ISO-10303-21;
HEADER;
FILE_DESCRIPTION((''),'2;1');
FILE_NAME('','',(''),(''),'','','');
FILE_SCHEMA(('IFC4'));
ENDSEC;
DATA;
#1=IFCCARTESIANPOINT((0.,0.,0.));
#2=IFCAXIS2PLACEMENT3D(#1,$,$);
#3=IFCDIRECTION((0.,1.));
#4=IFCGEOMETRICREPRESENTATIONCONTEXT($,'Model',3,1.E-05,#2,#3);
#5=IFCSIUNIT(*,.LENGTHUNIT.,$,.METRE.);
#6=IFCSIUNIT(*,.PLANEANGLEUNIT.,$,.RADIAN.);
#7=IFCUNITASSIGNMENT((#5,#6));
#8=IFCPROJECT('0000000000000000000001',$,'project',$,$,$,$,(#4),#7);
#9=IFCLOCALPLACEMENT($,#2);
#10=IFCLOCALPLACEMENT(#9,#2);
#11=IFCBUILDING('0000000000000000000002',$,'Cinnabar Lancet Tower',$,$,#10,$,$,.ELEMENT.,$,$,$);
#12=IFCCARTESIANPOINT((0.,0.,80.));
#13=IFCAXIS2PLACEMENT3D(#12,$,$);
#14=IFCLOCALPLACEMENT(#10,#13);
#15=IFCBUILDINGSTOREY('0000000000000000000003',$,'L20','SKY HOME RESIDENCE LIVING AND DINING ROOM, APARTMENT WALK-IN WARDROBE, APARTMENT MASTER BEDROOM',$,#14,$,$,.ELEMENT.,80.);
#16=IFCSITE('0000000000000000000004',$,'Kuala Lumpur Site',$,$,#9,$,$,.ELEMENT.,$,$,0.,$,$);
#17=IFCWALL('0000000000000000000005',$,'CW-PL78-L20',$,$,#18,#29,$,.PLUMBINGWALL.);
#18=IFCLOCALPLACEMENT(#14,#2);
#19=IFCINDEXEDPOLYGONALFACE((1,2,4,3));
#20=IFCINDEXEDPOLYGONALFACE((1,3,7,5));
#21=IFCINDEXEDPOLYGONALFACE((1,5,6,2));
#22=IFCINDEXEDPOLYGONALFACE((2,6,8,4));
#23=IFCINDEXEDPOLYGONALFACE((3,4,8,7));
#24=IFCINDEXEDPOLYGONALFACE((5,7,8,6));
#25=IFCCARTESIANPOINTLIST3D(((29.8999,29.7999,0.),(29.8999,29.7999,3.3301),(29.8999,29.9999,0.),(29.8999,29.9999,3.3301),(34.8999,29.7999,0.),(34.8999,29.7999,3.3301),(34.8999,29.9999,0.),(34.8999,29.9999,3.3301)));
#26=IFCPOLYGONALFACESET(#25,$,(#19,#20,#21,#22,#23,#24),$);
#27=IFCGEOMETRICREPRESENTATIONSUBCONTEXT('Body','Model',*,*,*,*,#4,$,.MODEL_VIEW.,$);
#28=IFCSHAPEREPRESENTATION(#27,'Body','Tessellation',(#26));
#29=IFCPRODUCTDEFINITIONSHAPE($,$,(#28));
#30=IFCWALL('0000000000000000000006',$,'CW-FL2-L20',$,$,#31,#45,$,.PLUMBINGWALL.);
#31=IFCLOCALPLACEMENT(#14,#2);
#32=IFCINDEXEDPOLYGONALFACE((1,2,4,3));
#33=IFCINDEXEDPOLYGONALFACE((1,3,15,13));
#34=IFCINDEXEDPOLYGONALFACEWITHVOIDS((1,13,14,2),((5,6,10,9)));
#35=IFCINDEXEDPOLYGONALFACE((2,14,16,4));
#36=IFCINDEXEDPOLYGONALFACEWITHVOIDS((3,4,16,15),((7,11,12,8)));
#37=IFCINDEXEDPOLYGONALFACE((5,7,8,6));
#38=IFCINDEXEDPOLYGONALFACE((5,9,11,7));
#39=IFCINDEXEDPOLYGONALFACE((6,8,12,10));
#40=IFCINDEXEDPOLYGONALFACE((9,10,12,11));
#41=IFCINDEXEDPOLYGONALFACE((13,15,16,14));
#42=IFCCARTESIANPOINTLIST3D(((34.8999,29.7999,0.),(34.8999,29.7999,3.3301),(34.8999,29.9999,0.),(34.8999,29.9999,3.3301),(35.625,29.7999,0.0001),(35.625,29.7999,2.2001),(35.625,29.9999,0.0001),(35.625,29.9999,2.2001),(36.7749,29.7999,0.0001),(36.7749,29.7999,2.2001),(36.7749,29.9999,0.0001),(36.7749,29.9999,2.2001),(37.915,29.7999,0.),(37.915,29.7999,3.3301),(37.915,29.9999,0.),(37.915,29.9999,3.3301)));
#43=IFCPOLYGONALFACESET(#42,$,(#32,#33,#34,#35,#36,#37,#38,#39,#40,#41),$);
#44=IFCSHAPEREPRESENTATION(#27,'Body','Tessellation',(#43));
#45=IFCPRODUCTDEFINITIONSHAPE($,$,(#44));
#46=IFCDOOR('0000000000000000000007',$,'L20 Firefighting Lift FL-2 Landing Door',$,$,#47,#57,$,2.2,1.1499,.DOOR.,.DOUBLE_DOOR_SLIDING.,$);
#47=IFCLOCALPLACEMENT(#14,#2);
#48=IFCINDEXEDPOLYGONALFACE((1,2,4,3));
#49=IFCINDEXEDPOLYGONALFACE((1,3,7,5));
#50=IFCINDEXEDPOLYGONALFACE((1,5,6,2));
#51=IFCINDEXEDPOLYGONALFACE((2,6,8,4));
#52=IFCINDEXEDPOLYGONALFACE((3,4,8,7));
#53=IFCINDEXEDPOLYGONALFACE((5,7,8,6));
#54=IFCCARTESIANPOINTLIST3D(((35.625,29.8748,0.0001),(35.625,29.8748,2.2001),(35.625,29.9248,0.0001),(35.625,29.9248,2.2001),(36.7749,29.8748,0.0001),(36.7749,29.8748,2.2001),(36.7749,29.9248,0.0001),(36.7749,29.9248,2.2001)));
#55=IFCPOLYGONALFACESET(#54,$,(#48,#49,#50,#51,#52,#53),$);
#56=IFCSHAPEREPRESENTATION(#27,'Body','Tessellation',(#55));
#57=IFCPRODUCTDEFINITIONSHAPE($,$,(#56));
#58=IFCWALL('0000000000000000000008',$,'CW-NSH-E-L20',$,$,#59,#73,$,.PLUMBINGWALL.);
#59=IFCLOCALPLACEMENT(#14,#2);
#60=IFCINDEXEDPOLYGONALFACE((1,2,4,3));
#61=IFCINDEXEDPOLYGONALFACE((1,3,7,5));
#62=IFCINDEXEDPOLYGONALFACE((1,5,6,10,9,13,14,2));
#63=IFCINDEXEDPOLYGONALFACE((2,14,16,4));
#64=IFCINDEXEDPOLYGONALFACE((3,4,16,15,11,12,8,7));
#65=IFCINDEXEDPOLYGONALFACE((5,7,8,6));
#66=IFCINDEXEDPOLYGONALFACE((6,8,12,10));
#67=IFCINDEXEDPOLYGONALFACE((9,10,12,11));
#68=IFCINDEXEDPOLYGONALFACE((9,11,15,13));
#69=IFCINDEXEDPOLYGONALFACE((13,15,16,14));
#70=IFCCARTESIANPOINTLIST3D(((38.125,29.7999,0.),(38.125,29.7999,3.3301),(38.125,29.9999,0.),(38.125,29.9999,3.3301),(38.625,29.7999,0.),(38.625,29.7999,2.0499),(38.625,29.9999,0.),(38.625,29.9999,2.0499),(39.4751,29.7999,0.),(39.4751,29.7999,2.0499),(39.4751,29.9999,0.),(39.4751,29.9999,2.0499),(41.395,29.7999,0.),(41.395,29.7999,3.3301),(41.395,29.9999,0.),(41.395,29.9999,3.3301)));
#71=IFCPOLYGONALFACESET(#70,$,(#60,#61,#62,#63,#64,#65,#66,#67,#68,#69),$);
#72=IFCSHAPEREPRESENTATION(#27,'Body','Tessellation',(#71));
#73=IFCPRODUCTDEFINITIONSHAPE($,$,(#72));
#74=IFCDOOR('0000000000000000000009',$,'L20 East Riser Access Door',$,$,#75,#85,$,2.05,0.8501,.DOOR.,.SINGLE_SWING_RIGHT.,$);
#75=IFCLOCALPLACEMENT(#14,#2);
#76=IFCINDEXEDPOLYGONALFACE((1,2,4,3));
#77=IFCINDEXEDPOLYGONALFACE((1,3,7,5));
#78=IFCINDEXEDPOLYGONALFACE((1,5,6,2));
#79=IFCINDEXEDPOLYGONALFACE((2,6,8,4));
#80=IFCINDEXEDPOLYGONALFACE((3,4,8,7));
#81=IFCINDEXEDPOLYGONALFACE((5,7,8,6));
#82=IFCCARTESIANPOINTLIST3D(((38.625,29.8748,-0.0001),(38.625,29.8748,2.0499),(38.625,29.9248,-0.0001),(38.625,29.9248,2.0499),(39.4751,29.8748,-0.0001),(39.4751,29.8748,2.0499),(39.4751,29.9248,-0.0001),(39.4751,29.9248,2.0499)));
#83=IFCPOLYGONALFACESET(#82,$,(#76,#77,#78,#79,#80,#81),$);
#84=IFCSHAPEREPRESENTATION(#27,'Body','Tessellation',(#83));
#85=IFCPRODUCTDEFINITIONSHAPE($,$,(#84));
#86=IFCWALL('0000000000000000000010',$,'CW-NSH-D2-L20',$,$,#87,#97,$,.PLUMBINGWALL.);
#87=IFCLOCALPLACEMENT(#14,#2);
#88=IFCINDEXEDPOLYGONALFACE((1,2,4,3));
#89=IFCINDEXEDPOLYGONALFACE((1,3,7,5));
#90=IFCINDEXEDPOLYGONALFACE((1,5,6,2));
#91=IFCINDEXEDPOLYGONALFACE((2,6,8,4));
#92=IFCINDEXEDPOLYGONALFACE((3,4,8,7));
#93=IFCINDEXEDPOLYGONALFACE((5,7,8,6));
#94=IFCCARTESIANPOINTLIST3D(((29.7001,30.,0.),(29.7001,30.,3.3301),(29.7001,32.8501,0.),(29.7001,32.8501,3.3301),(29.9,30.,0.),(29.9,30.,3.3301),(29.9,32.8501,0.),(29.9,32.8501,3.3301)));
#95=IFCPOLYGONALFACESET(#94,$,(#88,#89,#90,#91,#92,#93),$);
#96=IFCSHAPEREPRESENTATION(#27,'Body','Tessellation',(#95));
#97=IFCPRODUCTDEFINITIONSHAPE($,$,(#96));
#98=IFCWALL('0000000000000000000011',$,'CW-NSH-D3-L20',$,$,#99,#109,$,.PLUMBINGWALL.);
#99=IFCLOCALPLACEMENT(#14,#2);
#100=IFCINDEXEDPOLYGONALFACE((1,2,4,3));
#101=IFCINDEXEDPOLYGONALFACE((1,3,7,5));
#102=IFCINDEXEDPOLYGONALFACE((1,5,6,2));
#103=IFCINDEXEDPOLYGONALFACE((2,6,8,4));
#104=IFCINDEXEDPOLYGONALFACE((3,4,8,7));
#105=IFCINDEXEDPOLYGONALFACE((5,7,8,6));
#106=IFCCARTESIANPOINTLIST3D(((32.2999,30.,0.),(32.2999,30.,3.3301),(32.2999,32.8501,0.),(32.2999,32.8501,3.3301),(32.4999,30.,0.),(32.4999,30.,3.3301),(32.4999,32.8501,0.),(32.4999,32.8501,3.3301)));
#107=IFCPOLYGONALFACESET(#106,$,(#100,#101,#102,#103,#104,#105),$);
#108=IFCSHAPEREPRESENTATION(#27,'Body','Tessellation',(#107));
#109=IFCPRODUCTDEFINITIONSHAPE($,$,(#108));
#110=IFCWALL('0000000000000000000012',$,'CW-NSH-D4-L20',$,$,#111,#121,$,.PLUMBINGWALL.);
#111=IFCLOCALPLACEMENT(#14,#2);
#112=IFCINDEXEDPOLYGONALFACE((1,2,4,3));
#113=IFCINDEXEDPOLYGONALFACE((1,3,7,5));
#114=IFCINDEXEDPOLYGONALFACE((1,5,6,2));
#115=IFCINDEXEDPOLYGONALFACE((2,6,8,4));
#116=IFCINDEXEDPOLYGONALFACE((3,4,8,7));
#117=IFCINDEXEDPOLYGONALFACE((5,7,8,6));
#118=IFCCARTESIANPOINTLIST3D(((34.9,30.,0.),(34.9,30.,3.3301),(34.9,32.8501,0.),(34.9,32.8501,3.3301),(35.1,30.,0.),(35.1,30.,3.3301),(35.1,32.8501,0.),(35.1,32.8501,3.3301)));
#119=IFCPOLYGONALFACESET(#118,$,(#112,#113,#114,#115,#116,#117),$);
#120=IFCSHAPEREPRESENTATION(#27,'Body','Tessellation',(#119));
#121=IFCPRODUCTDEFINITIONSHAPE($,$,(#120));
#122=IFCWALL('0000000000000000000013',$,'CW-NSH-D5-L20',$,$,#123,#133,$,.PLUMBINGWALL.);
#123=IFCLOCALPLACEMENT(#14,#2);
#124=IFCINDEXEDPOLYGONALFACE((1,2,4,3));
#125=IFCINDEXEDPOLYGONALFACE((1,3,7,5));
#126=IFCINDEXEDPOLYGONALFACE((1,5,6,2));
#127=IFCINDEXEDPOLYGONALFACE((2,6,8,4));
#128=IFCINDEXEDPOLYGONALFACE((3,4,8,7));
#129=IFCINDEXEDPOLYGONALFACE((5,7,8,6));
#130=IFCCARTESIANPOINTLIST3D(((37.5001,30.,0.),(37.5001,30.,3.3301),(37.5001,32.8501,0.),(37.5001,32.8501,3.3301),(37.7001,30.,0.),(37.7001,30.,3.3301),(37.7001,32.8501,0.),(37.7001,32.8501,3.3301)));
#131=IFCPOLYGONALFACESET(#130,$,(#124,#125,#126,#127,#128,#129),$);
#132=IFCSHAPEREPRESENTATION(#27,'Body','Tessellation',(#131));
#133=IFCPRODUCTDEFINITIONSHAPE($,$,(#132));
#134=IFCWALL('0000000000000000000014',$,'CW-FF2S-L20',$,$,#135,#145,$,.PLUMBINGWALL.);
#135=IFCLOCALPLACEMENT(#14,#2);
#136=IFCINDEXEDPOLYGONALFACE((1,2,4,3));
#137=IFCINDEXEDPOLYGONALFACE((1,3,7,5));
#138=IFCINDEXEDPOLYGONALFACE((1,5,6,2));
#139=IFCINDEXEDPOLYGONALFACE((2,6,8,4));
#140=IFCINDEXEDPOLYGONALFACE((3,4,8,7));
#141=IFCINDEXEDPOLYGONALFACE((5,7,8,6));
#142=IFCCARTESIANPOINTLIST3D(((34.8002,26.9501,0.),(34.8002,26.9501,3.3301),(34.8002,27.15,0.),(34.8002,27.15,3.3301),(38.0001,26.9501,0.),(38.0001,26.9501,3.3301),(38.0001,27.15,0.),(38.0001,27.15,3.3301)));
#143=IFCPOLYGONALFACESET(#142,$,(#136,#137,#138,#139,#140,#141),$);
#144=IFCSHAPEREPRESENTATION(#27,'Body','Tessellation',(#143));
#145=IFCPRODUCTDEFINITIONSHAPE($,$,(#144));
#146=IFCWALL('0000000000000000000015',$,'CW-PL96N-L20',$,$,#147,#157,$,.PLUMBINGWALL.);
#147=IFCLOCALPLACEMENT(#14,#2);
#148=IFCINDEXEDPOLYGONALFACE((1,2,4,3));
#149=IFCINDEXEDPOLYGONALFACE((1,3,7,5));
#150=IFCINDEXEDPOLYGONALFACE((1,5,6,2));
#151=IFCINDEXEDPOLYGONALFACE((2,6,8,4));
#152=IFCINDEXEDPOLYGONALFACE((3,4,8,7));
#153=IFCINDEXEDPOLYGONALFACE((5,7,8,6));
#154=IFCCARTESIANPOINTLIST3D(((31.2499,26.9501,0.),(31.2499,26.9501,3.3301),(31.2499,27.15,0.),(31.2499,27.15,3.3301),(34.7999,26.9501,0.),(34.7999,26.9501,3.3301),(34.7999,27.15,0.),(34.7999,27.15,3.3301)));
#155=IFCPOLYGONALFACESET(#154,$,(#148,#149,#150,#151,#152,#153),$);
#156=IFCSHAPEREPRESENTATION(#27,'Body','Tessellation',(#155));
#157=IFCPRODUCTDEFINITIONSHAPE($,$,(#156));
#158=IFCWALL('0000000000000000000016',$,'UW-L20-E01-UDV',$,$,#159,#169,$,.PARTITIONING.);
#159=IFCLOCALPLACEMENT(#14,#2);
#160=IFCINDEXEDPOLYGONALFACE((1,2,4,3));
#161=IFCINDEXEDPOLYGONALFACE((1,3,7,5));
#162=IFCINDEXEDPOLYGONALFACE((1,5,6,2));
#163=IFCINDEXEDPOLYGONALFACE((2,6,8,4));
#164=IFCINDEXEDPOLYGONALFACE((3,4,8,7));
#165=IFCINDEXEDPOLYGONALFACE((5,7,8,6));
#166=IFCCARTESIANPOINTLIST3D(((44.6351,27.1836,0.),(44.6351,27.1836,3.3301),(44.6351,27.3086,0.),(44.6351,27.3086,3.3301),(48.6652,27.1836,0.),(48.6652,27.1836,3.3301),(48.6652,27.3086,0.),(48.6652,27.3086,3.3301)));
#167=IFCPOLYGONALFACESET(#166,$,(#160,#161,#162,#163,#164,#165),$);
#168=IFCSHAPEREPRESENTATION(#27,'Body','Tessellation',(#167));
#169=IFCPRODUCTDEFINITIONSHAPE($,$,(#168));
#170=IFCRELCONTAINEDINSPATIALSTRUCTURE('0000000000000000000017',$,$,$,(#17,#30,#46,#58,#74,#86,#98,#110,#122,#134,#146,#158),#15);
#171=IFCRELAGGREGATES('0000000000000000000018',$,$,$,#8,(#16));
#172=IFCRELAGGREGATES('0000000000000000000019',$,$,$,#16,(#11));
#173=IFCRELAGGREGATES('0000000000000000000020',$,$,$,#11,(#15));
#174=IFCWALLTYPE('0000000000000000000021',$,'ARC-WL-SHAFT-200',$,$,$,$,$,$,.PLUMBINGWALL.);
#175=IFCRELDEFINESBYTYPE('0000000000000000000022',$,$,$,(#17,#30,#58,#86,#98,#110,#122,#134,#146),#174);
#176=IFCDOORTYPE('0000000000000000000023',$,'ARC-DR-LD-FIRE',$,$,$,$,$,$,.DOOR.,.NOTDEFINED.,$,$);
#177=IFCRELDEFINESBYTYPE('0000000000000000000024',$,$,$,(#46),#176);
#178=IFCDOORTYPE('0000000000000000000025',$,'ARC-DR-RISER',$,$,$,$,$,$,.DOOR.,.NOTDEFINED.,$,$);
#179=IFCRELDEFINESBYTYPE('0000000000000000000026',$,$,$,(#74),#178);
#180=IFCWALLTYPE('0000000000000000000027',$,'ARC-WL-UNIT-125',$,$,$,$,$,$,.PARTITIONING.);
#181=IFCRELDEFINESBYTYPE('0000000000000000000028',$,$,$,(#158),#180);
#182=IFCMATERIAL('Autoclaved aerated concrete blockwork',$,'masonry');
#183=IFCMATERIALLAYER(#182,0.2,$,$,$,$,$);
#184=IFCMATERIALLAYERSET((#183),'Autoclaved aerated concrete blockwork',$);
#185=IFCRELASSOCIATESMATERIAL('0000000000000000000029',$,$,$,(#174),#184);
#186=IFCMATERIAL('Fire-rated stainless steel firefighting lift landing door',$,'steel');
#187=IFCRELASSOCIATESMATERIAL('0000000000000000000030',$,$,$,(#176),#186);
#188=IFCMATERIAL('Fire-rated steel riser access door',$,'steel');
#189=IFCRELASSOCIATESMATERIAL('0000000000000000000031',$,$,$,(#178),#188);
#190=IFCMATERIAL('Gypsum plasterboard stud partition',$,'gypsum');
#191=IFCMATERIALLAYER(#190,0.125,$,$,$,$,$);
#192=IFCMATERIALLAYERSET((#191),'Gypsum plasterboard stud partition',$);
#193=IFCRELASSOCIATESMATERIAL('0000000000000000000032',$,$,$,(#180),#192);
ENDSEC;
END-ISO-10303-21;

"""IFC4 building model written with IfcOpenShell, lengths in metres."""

from ifc_helpers import new_model, si_unit, direction, frame, frame_2d, origin, place, context, subcontext, project, spatial, rectangle, extrude, material, layer, layer_set, type_object, element, fill, save


model = new_model("IFC4")

# Units and contexts
model_context = context("Model", 3, precision=1e-05, world=origin(), true_north=direction((0.0, 1.0)))
body_context = subcontext(model_context, "Body", "Model", "MODEL_VIEW")
ifc_project = project(units=[si_unit("LENGTHUNIT", "METRE"), si_unit("PLANEANGLEUNIT", "RADIAN")], contexts=[model_context])

# Site, building, storey
site_placement = place(None, origin())
site = spatial("IfcSite", under=ifc_project, at=site_placement, Name="Kuala Lumpur Site", CompositionType="ELEMENT", RefElevation=0.0)
building_placement = place(site_placement, origin())
building = spatial("IfcBuilding", under=site, at=building_placement, Name="Cinnabar Lancet Tower", CompositionType="ELEMENT")
storey_placement = place(building_placement, frame((0.0, 0.0, 80.0)))
storey = spatial("IfcBuildingStorey", under=building, at=storey_placement, Name="L20", Description="SKY HOME RESIDENCE LIVING AND DINING ROOM, APARTMENT WALK-IN WARDROBE, APARTMENT MASTER BEDROOM", CompositionType="ELEMENT", Elevation=80.0)

# Wall
ifc_material_1 = material(Name="Autoclaved aerated concrete blockwork", Category="masonry")
ifc_layer_1 = layer(ifc_material_1, 0.2)
ifc_layer_set_1 = layer_set([ifc_layer_1], Name="Autoclaved aerated concrete blockwork")
wall_type_1 = type_object("IfcWallType", Name="ARC-WL-SHAFT-200", PredefinedType="PLUMBINGWALL", material=ifc_layer_set_1)
wall_1_placement = place(storey_placement, frame((29.8999, 29.8999, 0.0), z_axis=(0.0, 0.0, 1.0), x_axis=(1.0, 0.0, 0.0)))
element("IfcWall", 1, at=wall_1_placement, inside=storey, type_object=wall_type_1, Name="CW-PL78-L20", PredefinedType="PLUMBINGWALL", context=body_context, shape_type="SweptSolid", body=[
    extrude(rectangle(XDim=5.0, YDim=0.2, at=frame_2d((2.5, 0.0))), origin(), (0.0, 0.0, 1.0), 3.3301),
])

# Walls, openings, doors
wall_2_placement = place(storey_placement, frame((34.8999, 29.8999, 0.0), z_axis=(0.0, 0.0, 1.0), x_axis=(1.0, 0.0, 0.0)))
wall_2 = element("IfcWall", 2, at=wall_2_placement, inside=storey, type_object=wall_type_1, Name="CW-FL2-L20", PredefinedType="PLUMBINGWALL", context=body_context, shape_type="SweptSolid", body=[
    extrude(rectangle(XDim=3.0151, YDim=0.2, at=frame_2d((1.5076, 0.0))), origin(), (0.0, 0.0, 1.0), 3.3301),
])
opening_1_placement = place(wall_2_placement, frame((0.7251, 0.0, 0.0)))
opening_1 = element("IfcOpeningElement", 3, at=opening_1_placement, cuts=wall_2, PredefinedType="OPENING", context=body_context, shape_type="SweptSolid", body=[
    extrude(rectangle(XDim=1.1499, YDim=2.2, at=frame_2d((0.575, 1.1001))), frame((0.0, 0.1099, 0.0), z_axis=(0.0, -1.0, 0.0), x_axis=(1.0, 0.0, 0.0)), (0.0, 0.0, 1.0), 0.22),
])
ifc_material_2 = material(Name="Fire-rated stainless steel firefighting lift landing door", Category="steel")
door_type_1 = type_object("IfcDoorType", Name="ARC-DR-LD-FIRE", OperationType="NOTDEFINED", PredefinedType="DOOR", material=ifc_material_2)
door_1_placement = place(opening_1_placement, origin())
door_1 = element("IfcDoor", 4, at=door_1_placement, inside=storey, type_object=door_type_1, Name="L20 Firefighting Lift FL-2 Landing Door", OperationType="DOUBLE_DOOR_SLIDING", OverallHeight=2.2, OverallWidth=1.1499, PredefinedType="DOOR", context=body_context, shape_type="SweptSolid", body=[
    extrude(rectangle(XDim=1.1499, YDim=2.2, at=frame_2d((0.575, 1.1001))), frame((0.0, 0.0249, 0.0), z_axis=(0.0, -1.0, 0.0), x_axis=(1.0, 0.0, 0.0)), (0.0, 0.0, 1.0), 0.05),
])
fill(opening_1, door_1)
wall_3_placement = place(storey_placement, frame((38.125, 29.8999, 0.0), z_axis=(0.0, 0.0, 1.0), x_axis=(1.0, 0.0, 0.0)))
wall_3 = element("IfcWall", 5, at=wall_3_placement, inside=storey, type_object=wall_type_1, Name="CW-NSH-E-L20", PredefinedType="PLUMBINGWALL", context=body_context, shape_type="SweptSolid", body=[
    extrude(rectangle(XDim=3.27, YDim=0.2, at=frame_2d((1.635, 0.0))), origin(), (0.0, 0.0, 1.0), 3.3301),
])
opening_2_placement = place(wall_3_placement, frame((0.5, 0.0, 0.0)))
opening_2 = element("IfcOpeningElement", 6, at=opening_2_placement, cuts=wall_3, PredefinedType="OPENING", context=body_context, shape_type="SweptSolid", body=[
    extrude(rectangle(XDim=0.8501, YDim=2.05, at=frame_2d((0.425, 1.0249))), frame((0.0, 0.1099, 0.0), z_axis=(0.0, -1.0, 0.0), x_axis=(1.0, 0.0, 0.0)), (0.0, 0.0, 1.0), 0.22),
])
ifc_material_3 = material(Name="Fire-rated steel riser access door", Category="steel")
door_type_2 = type_object("IfcDoorType", Name="ARC-DR-RISER", OperationType="NOTDEFINED", PredefinedType="DOOR", material=ifc_material_3)
door_2_placement = place(opening_2_placement, origin())
door_2 = element("IfcDoor", 7, at=door_2_placement, inside=storey, type_object=door_type_2, Name="L20 East Riser Access Door", OperationType="SINGLE_SWING_RIGHT", OverallHeight=2.05, OverallWidth=0.8501, PredefinedType="DOOR", context=body_context, shape_type="SweptSolid", body=[
    extrude(rectangle(XDim=0.8501, YDim=2.05, at=frame_2d((0.425, 1.0249))), frame((0.0, 0.0249, 0.0), z_axis=(0.0, -1.0, 0.0), x_axis=(1.0, 0.0, 0.0)), (0.0, 0.0, 1.0), 0.05),
])
fill(opening_2, door_2)

# Walls
for number, where, z_axis, x_axis, name in (
    (8, (29.8, 30.0, 0.0), (0.0, 0.0, 1.0), (0.0, 1.0, 0.0), "CW-NSH-D2-L20"),
    (9, (32.3999, 30.0, 0.0), (0.0, 0.0, 1.0), (0.0, 1.0, 0.0), "CW-NSH-D3-L20"),
    (10, (35.0, 30.0, 0.0), (0.0, 0.0, 1.0), (0.0, 1.0, 0.0), "CW-NSH-D4-L20"),
    (11, (37.6001, 30.0, 0.0), (0.0, 0.0, 1.0), (0.0, 1.0, 0.0), "CW-NSH-D5-L20"),
):
    element("IfcWall", number, at=place(storey_placement, frame(where, z_axis=z_axis, x_axis=x_axis)), inside=storey, type_object=wall_type_1, Name=name, PredefinedType="PLUMBINGWALL", context=body_context, shape_type="SweptSolid", body=[
        extrude(rectangle(XDim=2.8501, YDim=0.2, at=frame_2d((1.425, 0.0))), origin(), (0.0, 0.0, 1.0), 3.3301),
    ])

# Walls
wall_4_placement = place(storey_placement, frame((34.8, 27.05, 0.0), z_axis=(0.0, 0.0, 1.0), x_axis=(1.0, 0.0, 0.0)))
element("IfcWall", 12, at=wall_4_placement, inside=storey, type_object=wall_type_1, Name="CW-FF2S-L20", PredefinedType="PLUMBINGWALL", context=body_context, shape_type="SweptSolid", body=[
    extrude(rectangle(XDim=3.2, YDim=0.2, at=frame_2d((1.6001, 0.0))), origin(), (0.0, 0.0, 1.0), 3.3301),
])
wall_5_placement = place(storey_placement, frame((31.25, 27.05, 0.0), z_axis=(0.0, 0.0, 1.0), x_axis=(1.0, 0.0, 0.0)))
element("IfcWall", 13, at=wall_5_placement, inside=storey, type_object=wall_type_1, Name="CW-PL96N-L20", PredefinedType="PLUMBINGWALL", context=body_context, shape_type="SweptSolid", body=[
    extrude(rectangle(XDim=3.55, YDim=0.2, at=frame_2d((1.7749, 0.0))), origin(), (0.0, 0.0, 1.0), 3.3301),
])
ifc_material_4 = material(Name="Gypsum plasterboard stud partition", Category="gypsum")
ifc_layer_2 = layer(ifc_material_4, 0.125)
ifc_layer_set_2 = layer_set([ifc_layer_2], Name="Gypsum plasterboard stud partition")
wall_type_2 = type_object("IfcWallType", Name="ARC-WL-UNIT-125", PredefinedType="PARTITIONING", material=ifc_layer_set_2)
wall_6_placement = place(storey_placement, frame((44.635, 27.2461, 0.0), z_axis=(0.0, 0.0, 1.0), x_axis=(1.0, 0.0, 0.0)))
element("IfcWall", 14, at=wall_6_placement, inside=storey, type_object=wall_type_2, Name="UW-L20-E01-UDV", PredefinedType="PARTITIONING", context=body_context, shape_type="SweptSolid", body=[
    extrude(rectangle(XDim=4.03, YDim=0.125, at=frame_2d((2.0151, 0.0))), origin(), (0.0, 0.0, 1.0), 3.3301),
])

save(model, "model.ifc")
